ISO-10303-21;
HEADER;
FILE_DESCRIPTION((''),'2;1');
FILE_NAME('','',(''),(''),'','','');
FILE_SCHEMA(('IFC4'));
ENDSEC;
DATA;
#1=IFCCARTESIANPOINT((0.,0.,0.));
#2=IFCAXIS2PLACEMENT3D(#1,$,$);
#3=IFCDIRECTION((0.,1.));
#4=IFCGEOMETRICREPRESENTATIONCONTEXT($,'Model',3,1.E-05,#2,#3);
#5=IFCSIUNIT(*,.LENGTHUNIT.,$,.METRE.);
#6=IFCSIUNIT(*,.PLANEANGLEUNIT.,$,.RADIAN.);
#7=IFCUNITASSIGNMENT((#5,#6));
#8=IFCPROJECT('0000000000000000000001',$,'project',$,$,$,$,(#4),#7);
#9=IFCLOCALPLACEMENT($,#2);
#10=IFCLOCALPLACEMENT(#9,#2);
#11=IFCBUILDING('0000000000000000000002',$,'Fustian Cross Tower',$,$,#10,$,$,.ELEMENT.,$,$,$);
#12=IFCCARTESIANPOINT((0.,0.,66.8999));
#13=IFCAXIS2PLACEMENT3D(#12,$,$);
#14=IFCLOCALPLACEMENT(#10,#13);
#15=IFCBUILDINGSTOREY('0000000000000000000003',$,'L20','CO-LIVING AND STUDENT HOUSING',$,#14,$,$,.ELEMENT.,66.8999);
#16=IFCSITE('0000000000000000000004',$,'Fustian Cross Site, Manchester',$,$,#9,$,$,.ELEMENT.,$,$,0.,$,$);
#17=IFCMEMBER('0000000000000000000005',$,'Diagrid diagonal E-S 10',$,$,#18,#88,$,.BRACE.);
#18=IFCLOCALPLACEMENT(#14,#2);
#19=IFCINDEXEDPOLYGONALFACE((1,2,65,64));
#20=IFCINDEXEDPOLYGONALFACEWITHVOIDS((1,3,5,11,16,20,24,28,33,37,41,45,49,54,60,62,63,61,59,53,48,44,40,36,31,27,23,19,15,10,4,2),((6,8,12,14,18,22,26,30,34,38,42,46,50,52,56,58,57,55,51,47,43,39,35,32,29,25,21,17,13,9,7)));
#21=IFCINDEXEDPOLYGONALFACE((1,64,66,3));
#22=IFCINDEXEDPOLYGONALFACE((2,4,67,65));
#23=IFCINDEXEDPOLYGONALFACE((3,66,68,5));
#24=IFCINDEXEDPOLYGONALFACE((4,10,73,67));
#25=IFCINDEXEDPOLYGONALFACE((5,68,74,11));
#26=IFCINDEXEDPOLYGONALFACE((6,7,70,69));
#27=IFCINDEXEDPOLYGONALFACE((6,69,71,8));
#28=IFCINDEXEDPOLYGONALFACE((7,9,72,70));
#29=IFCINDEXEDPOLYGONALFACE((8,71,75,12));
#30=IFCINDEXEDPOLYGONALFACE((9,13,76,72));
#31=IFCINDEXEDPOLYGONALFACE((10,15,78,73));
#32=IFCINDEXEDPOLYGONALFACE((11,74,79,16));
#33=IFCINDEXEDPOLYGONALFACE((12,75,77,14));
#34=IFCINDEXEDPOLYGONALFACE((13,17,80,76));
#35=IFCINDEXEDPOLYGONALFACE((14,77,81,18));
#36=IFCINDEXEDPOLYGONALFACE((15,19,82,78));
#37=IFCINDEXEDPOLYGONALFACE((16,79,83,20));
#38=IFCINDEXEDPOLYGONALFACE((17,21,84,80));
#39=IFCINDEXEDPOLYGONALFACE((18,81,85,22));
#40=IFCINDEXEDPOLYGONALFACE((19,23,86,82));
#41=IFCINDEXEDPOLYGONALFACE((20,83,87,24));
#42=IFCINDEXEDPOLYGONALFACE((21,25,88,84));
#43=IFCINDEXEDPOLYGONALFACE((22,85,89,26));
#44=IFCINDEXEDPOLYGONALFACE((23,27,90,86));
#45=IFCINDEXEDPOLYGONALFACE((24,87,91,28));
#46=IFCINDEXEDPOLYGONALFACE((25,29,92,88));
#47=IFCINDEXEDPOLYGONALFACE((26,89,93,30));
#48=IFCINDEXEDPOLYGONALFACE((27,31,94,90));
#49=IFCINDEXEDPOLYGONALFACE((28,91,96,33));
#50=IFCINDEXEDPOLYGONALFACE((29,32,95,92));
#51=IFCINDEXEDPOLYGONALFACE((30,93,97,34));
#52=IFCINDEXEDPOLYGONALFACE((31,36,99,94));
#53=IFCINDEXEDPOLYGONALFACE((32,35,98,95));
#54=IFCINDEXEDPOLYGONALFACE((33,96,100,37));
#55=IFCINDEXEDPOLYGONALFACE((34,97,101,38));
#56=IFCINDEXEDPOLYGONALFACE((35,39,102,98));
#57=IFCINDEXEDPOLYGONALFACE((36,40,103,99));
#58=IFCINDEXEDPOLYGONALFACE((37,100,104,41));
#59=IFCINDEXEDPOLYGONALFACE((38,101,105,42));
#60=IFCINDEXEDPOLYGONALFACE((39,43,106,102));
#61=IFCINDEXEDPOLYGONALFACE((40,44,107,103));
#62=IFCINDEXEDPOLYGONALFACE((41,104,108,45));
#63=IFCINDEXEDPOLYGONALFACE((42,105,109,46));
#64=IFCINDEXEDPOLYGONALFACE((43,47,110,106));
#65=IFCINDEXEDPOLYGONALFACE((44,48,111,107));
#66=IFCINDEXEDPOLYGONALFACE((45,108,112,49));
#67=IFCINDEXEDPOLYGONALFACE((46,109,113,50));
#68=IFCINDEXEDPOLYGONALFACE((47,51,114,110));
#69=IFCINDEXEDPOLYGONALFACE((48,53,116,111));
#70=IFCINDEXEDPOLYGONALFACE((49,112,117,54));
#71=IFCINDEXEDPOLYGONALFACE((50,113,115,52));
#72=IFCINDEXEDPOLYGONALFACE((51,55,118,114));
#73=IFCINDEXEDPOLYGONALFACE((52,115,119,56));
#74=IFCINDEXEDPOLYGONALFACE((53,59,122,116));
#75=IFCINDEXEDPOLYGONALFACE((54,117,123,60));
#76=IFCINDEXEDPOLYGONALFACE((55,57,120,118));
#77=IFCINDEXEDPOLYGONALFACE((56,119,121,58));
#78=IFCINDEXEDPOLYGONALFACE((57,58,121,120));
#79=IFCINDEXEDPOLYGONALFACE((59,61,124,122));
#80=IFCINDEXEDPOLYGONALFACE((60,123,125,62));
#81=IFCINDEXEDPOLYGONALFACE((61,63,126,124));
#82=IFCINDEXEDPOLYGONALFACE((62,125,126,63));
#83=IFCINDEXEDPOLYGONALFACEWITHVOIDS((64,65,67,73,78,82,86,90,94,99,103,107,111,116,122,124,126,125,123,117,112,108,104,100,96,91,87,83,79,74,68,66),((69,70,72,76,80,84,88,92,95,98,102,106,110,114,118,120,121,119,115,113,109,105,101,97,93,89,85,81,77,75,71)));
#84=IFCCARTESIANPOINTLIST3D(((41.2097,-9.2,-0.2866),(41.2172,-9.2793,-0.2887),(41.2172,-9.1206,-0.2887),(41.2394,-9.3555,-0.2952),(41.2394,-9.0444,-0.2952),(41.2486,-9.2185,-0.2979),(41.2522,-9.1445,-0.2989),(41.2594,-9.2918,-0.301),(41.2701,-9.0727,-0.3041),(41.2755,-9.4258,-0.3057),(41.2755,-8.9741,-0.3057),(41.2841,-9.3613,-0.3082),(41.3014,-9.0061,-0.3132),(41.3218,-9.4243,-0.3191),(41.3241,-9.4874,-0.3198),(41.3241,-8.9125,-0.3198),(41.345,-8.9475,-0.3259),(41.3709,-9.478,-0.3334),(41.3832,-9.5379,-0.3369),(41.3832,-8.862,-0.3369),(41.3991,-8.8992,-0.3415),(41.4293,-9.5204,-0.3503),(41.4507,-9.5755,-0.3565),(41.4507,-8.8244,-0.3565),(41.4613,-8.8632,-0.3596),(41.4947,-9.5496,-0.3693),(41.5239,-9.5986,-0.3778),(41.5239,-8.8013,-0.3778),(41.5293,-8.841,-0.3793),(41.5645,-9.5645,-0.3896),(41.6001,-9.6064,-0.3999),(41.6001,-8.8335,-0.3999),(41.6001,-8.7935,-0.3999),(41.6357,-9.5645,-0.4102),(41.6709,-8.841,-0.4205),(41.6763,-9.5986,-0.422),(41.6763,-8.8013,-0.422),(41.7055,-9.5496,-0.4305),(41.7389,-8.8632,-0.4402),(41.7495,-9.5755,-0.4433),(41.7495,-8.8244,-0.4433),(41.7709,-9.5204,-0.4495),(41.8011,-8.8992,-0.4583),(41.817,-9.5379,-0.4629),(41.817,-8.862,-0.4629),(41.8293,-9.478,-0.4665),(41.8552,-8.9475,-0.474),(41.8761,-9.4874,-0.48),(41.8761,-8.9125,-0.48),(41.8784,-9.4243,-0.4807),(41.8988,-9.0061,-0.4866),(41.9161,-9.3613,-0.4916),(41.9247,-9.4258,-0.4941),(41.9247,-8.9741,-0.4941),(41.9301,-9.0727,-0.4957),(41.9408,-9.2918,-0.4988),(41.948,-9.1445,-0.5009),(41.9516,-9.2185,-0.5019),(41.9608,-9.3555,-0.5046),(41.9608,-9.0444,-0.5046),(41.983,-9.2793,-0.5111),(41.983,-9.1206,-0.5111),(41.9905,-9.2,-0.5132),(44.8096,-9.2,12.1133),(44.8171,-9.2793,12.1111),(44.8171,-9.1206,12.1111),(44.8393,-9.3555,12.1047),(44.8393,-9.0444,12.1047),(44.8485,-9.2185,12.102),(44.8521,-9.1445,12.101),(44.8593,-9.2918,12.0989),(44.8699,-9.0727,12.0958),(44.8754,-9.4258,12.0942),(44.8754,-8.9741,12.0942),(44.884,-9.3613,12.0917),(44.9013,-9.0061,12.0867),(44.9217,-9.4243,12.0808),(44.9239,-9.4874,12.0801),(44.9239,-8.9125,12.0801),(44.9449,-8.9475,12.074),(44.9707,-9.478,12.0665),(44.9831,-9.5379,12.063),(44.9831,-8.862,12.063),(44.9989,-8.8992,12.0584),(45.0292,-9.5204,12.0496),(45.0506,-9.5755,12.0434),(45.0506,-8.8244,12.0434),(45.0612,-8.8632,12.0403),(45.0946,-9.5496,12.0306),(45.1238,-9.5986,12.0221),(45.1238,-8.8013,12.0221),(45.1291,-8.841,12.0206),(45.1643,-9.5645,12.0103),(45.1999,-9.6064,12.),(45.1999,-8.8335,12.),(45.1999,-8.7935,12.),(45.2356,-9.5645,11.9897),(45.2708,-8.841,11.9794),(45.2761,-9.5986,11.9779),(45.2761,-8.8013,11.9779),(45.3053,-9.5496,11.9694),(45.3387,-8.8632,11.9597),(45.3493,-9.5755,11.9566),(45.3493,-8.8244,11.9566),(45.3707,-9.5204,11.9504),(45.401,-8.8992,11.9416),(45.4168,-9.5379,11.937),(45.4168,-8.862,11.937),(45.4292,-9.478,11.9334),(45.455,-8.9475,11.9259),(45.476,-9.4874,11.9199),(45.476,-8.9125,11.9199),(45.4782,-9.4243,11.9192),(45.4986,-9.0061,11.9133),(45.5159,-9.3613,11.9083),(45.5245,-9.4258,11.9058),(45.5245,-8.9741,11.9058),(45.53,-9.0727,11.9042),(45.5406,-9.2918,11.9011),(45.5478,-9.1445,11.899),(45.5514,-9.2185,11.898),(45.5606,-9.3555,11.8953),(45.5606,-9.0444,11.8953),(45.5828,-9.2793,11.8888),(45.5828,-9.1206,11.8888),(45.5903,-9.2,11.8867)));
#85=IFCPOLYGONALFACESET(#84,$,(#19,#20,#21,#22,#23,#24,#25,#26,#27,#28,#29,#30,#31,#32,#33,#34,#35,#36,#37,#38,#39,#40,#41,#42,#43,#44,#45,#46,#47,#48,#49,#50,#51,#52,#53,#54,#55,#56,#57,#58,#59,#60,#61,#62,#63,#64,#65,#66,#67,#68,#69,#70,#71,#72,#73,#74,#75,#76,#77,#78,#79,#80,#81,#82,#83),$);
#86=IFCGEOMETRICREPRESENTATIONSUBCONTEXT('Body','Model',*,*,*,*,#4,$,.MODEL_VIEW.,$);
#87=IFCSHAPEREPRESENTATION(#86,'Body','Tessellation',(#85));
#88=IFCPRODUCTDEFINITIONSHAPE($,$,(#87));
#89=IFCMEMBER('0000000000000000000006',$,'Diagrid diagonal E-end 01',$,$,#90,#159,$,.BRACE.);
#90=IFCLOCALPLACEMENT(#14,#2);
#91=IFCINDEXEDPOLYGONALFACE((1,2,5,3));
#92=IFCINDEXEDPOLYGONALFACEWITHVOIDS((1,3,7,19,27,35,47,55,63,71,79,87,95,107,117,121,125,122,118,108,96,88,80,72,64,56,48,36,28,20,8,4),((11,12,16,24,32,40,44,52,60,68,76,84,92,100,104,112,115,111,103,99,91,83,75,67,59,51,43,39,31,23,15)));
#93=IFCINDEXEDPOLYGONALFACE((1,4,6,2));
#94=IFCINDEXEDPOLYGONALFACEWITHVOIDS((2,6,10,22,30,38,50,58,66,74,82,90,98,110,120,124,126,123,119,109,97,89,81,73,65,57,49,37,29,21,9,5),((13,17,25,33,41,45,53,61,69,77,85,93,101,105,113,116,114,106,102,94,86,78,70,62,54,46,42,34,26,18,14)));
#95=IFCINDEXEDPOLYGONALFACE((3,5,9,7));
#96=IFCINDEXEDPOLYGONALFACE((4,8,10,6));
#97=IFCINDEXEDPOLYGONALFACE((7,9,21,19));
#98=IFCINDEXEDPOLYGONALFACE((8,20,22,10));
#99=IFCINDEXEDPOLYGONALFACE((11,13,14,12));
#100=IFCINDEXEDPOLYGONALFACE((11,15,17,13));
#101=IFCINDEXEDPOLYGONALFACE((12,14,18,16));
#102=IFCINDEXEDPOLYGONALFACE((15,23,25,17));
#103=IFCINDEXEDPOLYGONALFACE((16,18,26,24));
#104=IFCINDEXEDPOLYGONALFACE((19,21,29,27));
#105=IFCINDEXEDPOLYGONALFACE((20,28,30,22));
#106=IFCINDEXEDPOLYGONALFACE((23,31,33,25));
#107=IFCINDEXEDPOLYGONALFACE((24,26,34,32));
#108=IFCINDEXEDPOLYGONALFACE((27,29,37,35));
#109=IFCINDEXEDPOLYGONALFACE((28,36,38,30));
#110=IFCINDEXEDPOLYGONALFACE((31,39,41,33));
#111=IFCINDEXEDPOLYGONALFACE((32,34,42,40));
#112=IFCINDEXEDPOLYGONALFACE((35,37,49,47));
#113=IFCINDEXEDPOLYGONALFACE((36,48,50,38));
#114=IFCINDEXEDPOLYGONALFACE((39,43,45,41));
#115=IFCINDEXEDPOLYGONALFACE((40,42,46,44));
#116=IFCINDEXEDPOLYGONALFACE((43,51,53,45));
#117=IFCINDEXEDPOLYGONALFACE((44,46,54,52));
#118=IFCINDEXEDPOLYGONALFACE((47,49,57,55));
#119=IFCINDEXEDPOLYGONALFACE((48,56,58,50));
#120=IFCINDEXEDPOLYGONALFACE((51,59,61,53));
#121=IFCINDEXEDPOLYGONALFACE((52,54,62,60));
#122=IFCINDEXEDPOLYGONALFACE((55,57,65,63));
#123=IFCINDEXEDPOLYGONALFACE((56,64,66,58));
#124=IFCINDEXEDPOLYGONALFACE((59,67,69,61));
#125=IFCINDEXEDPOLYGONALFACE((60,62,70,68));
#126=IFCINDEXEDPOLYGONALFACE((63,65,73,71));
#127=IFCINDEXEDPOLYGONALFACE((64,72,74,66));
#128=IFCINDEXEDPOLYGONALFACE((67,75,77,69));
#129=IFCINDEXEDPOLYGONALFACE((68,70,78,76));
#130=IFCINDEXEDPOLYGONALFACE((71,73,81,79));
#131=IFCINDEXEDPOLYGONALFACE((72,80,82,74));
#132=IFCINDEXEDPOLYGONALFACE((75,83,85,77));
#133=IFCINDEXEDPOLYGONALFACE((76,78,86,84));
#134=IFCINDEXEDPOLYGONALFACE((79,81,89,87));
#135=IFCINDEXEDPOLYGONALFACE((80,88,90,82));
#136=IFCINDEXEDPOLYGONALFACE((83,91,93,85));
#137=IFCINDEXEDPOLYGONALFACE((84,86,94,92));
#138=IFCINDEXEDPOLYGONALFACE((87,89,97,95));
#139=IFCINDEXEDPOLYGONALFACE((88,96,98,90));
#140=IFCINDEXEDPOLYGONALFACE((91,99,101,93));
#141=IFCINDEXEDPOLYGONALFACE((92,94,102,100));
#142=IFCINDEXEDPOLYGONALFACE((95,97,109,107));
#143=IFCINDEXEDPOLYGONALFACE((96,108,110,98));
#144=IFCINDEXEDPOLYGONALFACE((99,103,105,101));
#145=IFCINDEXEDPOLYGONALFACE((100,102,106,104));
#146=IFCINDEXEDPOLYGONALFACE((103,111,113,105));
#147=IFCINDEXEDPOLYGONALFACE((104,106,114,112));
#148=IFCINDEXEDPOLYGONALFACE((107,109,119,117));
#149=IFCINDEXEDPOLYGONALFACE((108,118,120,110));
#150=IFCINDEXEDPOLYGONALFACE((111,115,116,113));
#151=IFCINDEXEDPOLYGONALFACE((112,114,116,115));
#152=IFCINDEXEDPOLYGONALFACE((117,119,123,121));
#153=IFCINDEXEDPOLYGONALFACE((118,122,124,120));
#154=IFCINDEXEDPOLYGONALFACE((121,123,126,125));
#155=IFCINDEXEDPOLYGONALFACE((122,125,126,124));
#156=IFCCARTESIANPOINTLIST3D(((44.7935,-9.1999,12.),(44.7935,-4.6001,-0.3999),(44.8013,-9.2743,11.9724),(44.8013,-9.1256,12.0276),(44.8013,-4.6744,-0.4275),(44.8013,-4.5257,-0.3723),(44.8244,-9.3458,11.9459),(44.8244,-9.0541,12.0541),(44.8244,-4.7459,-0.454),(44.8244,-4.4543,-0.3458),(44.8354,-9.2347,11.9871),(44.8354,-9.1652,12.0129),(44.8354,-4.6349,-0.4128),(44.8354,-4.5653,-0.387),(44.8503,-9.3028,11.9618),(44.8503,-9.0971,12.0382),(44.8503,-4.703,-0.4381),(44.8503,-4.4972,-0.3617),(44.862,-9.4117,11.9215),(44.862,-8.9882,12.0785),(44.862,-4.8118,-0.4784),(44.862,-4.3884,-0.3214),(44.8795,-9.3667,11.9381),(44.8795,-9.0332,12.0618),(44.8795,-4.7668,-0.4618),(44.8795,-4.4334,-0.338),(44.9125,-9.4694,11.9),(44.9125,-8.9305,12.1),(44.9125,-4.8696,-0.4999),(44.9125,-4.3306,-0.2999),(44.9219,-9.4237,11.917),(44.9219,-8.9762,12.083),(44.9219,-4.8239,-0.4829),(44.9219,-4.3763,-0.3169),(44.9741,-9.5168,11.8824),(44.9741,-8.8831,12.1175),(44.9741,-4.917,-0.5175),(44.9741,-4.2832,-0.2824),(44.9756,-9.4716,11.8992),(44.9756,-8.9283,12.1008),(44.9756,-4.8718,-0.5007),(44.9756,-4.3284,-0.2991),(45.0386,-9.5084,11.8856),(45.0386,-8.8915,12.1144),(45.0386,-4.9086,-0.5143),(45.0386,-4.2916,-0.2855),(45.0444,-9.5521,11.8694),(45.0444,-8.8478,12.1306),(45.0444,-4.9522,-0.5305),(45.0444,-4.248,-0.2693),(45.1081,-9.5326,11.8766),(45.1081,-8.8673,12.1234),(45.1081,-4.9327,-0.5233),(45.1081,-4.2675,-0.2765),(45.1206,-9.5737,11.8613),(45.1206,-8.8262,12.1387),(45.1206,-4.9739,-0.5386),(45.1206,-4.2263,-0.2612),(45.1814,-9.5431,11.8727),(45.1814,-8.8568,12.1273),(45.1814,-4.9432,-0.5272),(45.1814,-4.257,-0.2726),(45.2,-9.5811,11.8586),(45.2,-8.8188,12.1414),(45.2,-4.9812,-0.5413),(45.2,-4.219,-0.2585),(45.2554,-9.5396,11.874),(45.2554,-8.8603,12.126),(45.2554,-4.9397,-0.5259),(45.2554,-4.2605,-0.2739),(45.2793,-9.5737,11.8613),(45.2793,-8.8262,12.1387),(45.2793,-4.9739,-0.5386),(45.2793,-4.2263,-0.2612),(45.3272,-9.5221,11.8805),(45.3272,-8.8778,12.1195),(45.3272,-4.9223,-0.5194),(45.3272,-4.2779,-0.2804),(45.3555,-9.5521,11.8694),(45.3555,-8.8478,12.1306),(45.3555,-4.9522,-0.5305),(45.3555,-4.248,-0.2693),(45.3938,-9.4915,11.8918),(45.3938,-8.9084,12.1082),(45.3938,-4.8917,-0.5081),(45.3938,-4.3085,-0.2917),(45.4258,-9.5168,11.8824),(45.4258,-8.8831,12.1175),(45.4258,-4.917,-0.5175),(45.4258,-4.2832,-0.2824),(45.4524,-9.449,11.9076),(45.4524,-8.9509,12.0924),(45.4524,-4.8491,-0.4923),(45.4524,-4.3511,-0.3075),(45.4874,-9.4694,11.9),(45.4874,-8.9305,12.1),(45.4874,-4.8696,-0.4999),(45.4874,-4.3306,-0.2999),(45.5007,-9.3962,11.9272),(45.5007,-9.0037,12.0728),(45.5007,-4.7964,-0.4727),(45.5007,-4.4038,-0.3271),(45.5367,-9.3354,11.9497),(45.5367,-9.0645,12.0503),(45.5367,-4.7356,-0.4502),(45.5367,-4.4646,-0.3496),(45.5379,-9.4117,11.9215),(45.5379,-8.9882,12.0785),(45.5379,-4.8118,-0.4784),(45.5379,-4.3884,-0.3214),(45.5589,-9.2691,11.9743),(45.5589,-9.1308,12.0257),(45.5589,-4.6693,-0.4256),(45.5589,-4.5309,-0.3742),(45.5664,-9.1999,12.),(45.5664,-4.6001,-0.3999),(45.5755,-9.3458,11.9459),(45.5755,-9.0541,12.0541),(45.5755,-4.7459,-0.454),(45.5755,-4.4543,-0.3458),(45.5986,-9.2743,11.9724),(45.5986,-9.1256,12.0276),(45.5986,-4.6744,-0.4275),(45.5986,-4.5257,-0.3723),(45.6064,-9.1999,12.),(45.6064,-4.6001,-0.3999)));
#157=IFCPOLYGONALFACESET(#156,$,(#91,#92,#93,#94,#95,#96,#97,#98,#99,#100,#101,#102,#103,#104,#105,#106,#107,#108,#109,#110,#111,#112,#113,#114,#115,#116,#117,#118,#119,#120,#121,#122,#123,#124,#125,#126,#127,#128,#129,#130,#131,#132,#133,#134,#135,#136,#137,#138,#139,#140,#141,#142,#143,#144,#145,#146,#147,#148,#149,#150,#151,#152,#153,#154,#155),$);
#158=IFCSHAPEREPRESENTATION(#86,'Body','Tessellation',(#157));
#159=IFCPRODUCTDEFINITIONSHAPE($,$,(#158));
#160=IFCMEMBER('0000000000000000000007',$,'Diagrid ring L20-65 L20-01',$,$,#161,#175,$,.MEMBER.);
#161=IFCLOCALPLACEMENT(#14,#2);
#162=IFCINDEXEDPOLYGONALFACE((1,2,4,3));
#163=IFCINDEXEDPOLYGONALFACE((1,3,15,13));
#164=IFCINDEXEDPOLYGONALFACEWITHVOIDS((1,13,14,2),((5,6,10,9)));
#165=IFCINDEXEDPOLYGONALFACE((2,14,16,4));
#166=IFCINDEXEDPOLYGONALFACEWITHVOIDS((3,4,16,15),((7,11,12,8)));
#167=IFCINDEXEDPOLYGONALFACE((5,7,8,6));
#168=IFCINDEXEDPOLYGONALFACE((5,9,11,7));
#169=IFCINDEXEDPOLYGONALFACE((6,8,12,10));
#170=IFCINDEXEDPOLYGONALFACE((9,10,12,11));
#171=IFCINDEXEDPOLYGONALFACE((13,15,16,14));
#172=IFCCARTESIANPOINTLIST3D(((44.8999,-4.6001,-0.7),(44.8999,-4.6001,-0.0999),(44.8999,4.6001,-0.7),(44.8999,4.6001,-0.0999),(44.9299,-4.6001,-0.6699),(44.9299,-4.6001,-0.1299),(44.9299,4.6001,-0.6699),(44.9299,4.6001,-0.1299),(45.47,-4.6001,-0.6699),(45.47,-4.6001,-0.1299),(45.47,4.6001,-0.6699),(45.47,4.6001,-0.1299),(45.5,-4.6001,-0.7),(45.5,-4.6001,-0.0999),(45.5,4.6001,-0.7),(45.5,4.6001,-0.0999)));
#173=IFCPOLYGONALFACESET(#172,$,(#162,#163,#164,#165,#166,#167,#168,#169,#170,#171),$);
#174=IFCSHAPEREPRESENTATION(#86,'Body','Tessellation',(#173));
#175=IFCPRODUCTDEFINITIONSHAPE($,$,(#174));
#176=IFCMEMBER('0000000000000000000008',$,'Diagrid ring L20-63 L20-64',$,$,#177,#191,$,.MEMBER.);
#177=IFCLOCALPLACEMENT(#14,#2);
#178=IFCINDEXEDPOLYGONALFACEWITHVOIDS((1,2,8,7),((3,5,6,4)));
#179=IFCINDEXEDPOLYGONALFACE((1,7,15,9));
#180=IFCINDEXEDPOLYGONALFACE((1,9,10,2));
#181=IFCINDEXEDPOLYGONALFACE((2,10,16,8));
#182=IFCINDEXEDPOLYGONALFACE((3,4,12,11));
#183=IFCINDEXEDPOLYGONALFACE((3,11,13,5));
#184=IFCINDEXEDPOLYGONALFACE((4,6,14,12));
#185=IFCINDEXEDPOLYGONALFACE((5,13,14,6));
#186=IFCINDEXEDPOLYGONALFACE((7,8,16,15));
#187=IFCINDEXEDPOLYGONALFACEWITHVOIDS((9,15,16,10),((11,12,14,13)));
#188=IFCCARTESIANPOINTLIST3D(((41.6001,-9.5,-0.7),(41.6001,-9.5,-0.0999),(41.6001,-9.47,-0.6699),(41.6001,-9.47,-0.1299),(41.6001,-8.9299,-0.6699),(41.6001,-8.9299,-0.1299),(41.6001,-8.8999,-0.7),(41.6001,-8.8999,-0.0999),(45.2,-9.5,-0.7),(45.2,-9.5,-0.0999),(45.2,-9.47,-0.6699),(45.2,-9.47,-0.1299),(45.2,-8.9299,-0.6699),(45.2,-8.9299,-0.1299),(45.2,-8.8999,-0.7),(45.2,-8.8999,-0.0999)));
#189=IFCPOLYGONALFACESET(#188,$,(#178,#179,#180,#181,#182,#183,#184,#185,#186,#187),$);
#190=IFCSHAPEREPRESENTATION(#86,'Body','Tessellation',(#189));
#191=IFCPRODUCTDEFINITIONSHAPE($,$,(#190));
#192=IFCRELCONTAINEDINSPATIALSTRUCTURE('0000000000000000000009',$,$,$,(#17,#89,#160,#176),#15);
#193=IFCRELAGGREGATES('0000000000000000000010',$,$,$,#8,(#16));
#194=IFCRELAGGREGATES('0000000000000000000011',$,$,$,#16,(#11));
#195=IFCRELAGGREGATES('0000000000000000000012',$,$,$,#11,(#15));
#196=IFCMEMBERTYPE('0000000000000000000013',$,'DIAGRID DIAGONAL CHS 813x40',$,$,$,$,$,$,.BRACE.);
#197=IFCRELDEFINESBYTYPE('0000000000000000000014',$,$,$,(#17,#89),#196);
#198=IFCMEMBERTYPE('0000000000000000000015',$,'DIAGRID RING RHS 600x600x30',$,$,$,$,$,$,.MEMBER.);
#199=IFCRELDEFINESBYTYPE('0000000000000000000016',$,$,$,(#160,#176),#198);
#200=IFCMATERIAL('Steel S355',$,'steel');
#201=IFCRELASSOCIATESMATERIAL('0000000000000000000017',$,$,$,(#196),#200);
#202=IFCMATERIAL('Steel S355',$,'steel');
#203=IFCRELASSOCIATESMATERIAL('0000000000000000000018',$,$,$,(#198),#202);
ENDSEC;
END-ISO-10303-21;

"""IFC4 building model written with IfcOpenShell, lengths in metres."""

from ifc_helpers import new_model, si_unit, direction, frame, origin, origin_2d, place, context, subcontext, project, spatial, hollow_rectangle, hollow_circle, extrude, material, material_profile, profile_set, type_object, element, save


model = new_model("IFC4")

# Units and contexts
model_context = context("Model", 3, precision=1e-05, world=origin(), true_north=direction((0.0, 1.0)))
body_context = subcontext(model_context, "Body", "Model", "MODEL_VIEW")
ifc_project = project(units=[si_unit("LENGTHUNIT", "METRE"), si_unit("PLANEANGLEUNIT", "RADIAN")], contexts=[model_context])

# Site, building, storey
site_placement = place(None, origin())
site = spatial("IfcSite", under=ifc_project, at=site_placement, Name="Fustian Cross Site, Manchester", CompositionType="ELEMENT", RefElevation=0.0)
building_placement = place(site_placement, origin())
building = spatial("IfcBuilding", under=site, at=building_placement, Name="Fustian Cross Tower", CompositionType="ELEMENT")
storey_placement = place(building_placement, frame((0.0, 0.0, 66.8999)))
storey = spatial("IfcBuildingStorey", under=building, at=storey_placement, Name="L20", Description="CO-LIVING AND STUDENT HOUSING", CompositionType="ELEMENT", Elevation=66.8999)

# Members
ifc_material_1 = material(Name="Steel S355", Category="steel")
ifc_material_profile_1 = material_profile(ifc_material_1, hollow_circle(Radius=0.4065, WallThickness=0.04, at=origin_2d()), Name="CHS 813x40")
ifc_profile_set_1 = profile_set([ifc_material_profile_1], Name="Steel S355")
member_type_1 = type_object("IfcMemberType", Name="DIAGRID DIAGONAL CHS 813x40", PredefinedType="BRACE", material=ifc_profile_set_1)
member_1_placement = place(storey_placement, frame((41.6001, -9.2, -0.3999), z_axis=(0.278802, 0.0, 0.960349), x_axis=(0.0, 1.0, 0.0)))
element("IfcMember", 1, at=member_1_placement, inside=storey, type_object=member_type_1, Name="Diagrid diagonal E-S 10", PredefinedType="BRACE", context=body_context, shape_type="SweptSolid", body=[
    extrude(hollow_circle(Radius=0.4065, WallThickness=0.04, at=origin_2d()), origin(), (0.0, 0.0, 1.0), 12.9119),
])
member_2_placement = place(storey_placement, frame((45.2, -4.6001, -0.3999), z_axis=(0.0, -0.347799, 0.937569), x_axis=(1.0, 0.0, 0.0)))
element("IfcMember", 2, at=member_2_placement, inside=storey, type_object=member_type_1, Name="Diagrid diagonal E-end 01", PredefinedType="BRACE", context=body_context, shape_type="SweptSolid", body=[
    extrude(hollow_circle(Radius=0.4065, WallThickness=0.04, at=origin_2d()), origin(), (0.0, 0.0, 1.0), 13.2256),
])
ifc_material_2 = material(Name="Steel S355", Category="steel")
ifc_material_profile_2 = material_profile(ifc_material_2, hollow_rectangle(XDim=0.6001, YDim=0.6001, WallThickness=0.03, at=origin_2d()), Name="RHS 600x600x30")
ifc_profile_set_2 = profile_set([ifc_material_profile_2], Name="Steel S355")
member_type_2 = type_object("IfcMemberType", Name="DIAGRID RING RHS 600x600x30", PredefinedType="MEMBER", material=ifc_profile_set_2)
member_3_placement = place(storey_placement, frame((45.2, -4.6001, -0.3999), z_axis=(0.0, 1.0, 0.0), x_axis=(-1.0, 0.0, 0.0)))
element("IfcMember", 3, at=member_3_placement, inside=storey, type_object=member_type_2, Name="Diagrid ring L20-65 L20-01", PredefinedType="MEMBER", context=body_context, shape_type="SweptSolid", body=[
    extrude(hollow_rectangle(XDim=0.6001, YDim=0.6001, WallThickness=0.03, at=origin_2d()), origin(), (0.0, 0.0, 1.0), 9.2002),
])
member_4_placement = place(storey_placement, frame((41.6001, -9.2, -0.3999), z_axis=(1.0, 0.0, 0.0), x_axis=(0.0, 1.0, 0.0)))
element("IfcMember", 4, at=member_4_placement, inside=storey, type_object=member_type_2, Name="Diagrid ring L20-63 L20-64", PredefinedType="MEMBER", context=body_context, shape_type="SweptSolid", body=[
    extrude(hollow_rectangle(XDim=0.6001, YDim=0.6001, WallThickness=0.03, at=origin_2d()), origin(), (0.0, 0.0, 1.0), 3.5999),
])

save(model, "model.ifc")
